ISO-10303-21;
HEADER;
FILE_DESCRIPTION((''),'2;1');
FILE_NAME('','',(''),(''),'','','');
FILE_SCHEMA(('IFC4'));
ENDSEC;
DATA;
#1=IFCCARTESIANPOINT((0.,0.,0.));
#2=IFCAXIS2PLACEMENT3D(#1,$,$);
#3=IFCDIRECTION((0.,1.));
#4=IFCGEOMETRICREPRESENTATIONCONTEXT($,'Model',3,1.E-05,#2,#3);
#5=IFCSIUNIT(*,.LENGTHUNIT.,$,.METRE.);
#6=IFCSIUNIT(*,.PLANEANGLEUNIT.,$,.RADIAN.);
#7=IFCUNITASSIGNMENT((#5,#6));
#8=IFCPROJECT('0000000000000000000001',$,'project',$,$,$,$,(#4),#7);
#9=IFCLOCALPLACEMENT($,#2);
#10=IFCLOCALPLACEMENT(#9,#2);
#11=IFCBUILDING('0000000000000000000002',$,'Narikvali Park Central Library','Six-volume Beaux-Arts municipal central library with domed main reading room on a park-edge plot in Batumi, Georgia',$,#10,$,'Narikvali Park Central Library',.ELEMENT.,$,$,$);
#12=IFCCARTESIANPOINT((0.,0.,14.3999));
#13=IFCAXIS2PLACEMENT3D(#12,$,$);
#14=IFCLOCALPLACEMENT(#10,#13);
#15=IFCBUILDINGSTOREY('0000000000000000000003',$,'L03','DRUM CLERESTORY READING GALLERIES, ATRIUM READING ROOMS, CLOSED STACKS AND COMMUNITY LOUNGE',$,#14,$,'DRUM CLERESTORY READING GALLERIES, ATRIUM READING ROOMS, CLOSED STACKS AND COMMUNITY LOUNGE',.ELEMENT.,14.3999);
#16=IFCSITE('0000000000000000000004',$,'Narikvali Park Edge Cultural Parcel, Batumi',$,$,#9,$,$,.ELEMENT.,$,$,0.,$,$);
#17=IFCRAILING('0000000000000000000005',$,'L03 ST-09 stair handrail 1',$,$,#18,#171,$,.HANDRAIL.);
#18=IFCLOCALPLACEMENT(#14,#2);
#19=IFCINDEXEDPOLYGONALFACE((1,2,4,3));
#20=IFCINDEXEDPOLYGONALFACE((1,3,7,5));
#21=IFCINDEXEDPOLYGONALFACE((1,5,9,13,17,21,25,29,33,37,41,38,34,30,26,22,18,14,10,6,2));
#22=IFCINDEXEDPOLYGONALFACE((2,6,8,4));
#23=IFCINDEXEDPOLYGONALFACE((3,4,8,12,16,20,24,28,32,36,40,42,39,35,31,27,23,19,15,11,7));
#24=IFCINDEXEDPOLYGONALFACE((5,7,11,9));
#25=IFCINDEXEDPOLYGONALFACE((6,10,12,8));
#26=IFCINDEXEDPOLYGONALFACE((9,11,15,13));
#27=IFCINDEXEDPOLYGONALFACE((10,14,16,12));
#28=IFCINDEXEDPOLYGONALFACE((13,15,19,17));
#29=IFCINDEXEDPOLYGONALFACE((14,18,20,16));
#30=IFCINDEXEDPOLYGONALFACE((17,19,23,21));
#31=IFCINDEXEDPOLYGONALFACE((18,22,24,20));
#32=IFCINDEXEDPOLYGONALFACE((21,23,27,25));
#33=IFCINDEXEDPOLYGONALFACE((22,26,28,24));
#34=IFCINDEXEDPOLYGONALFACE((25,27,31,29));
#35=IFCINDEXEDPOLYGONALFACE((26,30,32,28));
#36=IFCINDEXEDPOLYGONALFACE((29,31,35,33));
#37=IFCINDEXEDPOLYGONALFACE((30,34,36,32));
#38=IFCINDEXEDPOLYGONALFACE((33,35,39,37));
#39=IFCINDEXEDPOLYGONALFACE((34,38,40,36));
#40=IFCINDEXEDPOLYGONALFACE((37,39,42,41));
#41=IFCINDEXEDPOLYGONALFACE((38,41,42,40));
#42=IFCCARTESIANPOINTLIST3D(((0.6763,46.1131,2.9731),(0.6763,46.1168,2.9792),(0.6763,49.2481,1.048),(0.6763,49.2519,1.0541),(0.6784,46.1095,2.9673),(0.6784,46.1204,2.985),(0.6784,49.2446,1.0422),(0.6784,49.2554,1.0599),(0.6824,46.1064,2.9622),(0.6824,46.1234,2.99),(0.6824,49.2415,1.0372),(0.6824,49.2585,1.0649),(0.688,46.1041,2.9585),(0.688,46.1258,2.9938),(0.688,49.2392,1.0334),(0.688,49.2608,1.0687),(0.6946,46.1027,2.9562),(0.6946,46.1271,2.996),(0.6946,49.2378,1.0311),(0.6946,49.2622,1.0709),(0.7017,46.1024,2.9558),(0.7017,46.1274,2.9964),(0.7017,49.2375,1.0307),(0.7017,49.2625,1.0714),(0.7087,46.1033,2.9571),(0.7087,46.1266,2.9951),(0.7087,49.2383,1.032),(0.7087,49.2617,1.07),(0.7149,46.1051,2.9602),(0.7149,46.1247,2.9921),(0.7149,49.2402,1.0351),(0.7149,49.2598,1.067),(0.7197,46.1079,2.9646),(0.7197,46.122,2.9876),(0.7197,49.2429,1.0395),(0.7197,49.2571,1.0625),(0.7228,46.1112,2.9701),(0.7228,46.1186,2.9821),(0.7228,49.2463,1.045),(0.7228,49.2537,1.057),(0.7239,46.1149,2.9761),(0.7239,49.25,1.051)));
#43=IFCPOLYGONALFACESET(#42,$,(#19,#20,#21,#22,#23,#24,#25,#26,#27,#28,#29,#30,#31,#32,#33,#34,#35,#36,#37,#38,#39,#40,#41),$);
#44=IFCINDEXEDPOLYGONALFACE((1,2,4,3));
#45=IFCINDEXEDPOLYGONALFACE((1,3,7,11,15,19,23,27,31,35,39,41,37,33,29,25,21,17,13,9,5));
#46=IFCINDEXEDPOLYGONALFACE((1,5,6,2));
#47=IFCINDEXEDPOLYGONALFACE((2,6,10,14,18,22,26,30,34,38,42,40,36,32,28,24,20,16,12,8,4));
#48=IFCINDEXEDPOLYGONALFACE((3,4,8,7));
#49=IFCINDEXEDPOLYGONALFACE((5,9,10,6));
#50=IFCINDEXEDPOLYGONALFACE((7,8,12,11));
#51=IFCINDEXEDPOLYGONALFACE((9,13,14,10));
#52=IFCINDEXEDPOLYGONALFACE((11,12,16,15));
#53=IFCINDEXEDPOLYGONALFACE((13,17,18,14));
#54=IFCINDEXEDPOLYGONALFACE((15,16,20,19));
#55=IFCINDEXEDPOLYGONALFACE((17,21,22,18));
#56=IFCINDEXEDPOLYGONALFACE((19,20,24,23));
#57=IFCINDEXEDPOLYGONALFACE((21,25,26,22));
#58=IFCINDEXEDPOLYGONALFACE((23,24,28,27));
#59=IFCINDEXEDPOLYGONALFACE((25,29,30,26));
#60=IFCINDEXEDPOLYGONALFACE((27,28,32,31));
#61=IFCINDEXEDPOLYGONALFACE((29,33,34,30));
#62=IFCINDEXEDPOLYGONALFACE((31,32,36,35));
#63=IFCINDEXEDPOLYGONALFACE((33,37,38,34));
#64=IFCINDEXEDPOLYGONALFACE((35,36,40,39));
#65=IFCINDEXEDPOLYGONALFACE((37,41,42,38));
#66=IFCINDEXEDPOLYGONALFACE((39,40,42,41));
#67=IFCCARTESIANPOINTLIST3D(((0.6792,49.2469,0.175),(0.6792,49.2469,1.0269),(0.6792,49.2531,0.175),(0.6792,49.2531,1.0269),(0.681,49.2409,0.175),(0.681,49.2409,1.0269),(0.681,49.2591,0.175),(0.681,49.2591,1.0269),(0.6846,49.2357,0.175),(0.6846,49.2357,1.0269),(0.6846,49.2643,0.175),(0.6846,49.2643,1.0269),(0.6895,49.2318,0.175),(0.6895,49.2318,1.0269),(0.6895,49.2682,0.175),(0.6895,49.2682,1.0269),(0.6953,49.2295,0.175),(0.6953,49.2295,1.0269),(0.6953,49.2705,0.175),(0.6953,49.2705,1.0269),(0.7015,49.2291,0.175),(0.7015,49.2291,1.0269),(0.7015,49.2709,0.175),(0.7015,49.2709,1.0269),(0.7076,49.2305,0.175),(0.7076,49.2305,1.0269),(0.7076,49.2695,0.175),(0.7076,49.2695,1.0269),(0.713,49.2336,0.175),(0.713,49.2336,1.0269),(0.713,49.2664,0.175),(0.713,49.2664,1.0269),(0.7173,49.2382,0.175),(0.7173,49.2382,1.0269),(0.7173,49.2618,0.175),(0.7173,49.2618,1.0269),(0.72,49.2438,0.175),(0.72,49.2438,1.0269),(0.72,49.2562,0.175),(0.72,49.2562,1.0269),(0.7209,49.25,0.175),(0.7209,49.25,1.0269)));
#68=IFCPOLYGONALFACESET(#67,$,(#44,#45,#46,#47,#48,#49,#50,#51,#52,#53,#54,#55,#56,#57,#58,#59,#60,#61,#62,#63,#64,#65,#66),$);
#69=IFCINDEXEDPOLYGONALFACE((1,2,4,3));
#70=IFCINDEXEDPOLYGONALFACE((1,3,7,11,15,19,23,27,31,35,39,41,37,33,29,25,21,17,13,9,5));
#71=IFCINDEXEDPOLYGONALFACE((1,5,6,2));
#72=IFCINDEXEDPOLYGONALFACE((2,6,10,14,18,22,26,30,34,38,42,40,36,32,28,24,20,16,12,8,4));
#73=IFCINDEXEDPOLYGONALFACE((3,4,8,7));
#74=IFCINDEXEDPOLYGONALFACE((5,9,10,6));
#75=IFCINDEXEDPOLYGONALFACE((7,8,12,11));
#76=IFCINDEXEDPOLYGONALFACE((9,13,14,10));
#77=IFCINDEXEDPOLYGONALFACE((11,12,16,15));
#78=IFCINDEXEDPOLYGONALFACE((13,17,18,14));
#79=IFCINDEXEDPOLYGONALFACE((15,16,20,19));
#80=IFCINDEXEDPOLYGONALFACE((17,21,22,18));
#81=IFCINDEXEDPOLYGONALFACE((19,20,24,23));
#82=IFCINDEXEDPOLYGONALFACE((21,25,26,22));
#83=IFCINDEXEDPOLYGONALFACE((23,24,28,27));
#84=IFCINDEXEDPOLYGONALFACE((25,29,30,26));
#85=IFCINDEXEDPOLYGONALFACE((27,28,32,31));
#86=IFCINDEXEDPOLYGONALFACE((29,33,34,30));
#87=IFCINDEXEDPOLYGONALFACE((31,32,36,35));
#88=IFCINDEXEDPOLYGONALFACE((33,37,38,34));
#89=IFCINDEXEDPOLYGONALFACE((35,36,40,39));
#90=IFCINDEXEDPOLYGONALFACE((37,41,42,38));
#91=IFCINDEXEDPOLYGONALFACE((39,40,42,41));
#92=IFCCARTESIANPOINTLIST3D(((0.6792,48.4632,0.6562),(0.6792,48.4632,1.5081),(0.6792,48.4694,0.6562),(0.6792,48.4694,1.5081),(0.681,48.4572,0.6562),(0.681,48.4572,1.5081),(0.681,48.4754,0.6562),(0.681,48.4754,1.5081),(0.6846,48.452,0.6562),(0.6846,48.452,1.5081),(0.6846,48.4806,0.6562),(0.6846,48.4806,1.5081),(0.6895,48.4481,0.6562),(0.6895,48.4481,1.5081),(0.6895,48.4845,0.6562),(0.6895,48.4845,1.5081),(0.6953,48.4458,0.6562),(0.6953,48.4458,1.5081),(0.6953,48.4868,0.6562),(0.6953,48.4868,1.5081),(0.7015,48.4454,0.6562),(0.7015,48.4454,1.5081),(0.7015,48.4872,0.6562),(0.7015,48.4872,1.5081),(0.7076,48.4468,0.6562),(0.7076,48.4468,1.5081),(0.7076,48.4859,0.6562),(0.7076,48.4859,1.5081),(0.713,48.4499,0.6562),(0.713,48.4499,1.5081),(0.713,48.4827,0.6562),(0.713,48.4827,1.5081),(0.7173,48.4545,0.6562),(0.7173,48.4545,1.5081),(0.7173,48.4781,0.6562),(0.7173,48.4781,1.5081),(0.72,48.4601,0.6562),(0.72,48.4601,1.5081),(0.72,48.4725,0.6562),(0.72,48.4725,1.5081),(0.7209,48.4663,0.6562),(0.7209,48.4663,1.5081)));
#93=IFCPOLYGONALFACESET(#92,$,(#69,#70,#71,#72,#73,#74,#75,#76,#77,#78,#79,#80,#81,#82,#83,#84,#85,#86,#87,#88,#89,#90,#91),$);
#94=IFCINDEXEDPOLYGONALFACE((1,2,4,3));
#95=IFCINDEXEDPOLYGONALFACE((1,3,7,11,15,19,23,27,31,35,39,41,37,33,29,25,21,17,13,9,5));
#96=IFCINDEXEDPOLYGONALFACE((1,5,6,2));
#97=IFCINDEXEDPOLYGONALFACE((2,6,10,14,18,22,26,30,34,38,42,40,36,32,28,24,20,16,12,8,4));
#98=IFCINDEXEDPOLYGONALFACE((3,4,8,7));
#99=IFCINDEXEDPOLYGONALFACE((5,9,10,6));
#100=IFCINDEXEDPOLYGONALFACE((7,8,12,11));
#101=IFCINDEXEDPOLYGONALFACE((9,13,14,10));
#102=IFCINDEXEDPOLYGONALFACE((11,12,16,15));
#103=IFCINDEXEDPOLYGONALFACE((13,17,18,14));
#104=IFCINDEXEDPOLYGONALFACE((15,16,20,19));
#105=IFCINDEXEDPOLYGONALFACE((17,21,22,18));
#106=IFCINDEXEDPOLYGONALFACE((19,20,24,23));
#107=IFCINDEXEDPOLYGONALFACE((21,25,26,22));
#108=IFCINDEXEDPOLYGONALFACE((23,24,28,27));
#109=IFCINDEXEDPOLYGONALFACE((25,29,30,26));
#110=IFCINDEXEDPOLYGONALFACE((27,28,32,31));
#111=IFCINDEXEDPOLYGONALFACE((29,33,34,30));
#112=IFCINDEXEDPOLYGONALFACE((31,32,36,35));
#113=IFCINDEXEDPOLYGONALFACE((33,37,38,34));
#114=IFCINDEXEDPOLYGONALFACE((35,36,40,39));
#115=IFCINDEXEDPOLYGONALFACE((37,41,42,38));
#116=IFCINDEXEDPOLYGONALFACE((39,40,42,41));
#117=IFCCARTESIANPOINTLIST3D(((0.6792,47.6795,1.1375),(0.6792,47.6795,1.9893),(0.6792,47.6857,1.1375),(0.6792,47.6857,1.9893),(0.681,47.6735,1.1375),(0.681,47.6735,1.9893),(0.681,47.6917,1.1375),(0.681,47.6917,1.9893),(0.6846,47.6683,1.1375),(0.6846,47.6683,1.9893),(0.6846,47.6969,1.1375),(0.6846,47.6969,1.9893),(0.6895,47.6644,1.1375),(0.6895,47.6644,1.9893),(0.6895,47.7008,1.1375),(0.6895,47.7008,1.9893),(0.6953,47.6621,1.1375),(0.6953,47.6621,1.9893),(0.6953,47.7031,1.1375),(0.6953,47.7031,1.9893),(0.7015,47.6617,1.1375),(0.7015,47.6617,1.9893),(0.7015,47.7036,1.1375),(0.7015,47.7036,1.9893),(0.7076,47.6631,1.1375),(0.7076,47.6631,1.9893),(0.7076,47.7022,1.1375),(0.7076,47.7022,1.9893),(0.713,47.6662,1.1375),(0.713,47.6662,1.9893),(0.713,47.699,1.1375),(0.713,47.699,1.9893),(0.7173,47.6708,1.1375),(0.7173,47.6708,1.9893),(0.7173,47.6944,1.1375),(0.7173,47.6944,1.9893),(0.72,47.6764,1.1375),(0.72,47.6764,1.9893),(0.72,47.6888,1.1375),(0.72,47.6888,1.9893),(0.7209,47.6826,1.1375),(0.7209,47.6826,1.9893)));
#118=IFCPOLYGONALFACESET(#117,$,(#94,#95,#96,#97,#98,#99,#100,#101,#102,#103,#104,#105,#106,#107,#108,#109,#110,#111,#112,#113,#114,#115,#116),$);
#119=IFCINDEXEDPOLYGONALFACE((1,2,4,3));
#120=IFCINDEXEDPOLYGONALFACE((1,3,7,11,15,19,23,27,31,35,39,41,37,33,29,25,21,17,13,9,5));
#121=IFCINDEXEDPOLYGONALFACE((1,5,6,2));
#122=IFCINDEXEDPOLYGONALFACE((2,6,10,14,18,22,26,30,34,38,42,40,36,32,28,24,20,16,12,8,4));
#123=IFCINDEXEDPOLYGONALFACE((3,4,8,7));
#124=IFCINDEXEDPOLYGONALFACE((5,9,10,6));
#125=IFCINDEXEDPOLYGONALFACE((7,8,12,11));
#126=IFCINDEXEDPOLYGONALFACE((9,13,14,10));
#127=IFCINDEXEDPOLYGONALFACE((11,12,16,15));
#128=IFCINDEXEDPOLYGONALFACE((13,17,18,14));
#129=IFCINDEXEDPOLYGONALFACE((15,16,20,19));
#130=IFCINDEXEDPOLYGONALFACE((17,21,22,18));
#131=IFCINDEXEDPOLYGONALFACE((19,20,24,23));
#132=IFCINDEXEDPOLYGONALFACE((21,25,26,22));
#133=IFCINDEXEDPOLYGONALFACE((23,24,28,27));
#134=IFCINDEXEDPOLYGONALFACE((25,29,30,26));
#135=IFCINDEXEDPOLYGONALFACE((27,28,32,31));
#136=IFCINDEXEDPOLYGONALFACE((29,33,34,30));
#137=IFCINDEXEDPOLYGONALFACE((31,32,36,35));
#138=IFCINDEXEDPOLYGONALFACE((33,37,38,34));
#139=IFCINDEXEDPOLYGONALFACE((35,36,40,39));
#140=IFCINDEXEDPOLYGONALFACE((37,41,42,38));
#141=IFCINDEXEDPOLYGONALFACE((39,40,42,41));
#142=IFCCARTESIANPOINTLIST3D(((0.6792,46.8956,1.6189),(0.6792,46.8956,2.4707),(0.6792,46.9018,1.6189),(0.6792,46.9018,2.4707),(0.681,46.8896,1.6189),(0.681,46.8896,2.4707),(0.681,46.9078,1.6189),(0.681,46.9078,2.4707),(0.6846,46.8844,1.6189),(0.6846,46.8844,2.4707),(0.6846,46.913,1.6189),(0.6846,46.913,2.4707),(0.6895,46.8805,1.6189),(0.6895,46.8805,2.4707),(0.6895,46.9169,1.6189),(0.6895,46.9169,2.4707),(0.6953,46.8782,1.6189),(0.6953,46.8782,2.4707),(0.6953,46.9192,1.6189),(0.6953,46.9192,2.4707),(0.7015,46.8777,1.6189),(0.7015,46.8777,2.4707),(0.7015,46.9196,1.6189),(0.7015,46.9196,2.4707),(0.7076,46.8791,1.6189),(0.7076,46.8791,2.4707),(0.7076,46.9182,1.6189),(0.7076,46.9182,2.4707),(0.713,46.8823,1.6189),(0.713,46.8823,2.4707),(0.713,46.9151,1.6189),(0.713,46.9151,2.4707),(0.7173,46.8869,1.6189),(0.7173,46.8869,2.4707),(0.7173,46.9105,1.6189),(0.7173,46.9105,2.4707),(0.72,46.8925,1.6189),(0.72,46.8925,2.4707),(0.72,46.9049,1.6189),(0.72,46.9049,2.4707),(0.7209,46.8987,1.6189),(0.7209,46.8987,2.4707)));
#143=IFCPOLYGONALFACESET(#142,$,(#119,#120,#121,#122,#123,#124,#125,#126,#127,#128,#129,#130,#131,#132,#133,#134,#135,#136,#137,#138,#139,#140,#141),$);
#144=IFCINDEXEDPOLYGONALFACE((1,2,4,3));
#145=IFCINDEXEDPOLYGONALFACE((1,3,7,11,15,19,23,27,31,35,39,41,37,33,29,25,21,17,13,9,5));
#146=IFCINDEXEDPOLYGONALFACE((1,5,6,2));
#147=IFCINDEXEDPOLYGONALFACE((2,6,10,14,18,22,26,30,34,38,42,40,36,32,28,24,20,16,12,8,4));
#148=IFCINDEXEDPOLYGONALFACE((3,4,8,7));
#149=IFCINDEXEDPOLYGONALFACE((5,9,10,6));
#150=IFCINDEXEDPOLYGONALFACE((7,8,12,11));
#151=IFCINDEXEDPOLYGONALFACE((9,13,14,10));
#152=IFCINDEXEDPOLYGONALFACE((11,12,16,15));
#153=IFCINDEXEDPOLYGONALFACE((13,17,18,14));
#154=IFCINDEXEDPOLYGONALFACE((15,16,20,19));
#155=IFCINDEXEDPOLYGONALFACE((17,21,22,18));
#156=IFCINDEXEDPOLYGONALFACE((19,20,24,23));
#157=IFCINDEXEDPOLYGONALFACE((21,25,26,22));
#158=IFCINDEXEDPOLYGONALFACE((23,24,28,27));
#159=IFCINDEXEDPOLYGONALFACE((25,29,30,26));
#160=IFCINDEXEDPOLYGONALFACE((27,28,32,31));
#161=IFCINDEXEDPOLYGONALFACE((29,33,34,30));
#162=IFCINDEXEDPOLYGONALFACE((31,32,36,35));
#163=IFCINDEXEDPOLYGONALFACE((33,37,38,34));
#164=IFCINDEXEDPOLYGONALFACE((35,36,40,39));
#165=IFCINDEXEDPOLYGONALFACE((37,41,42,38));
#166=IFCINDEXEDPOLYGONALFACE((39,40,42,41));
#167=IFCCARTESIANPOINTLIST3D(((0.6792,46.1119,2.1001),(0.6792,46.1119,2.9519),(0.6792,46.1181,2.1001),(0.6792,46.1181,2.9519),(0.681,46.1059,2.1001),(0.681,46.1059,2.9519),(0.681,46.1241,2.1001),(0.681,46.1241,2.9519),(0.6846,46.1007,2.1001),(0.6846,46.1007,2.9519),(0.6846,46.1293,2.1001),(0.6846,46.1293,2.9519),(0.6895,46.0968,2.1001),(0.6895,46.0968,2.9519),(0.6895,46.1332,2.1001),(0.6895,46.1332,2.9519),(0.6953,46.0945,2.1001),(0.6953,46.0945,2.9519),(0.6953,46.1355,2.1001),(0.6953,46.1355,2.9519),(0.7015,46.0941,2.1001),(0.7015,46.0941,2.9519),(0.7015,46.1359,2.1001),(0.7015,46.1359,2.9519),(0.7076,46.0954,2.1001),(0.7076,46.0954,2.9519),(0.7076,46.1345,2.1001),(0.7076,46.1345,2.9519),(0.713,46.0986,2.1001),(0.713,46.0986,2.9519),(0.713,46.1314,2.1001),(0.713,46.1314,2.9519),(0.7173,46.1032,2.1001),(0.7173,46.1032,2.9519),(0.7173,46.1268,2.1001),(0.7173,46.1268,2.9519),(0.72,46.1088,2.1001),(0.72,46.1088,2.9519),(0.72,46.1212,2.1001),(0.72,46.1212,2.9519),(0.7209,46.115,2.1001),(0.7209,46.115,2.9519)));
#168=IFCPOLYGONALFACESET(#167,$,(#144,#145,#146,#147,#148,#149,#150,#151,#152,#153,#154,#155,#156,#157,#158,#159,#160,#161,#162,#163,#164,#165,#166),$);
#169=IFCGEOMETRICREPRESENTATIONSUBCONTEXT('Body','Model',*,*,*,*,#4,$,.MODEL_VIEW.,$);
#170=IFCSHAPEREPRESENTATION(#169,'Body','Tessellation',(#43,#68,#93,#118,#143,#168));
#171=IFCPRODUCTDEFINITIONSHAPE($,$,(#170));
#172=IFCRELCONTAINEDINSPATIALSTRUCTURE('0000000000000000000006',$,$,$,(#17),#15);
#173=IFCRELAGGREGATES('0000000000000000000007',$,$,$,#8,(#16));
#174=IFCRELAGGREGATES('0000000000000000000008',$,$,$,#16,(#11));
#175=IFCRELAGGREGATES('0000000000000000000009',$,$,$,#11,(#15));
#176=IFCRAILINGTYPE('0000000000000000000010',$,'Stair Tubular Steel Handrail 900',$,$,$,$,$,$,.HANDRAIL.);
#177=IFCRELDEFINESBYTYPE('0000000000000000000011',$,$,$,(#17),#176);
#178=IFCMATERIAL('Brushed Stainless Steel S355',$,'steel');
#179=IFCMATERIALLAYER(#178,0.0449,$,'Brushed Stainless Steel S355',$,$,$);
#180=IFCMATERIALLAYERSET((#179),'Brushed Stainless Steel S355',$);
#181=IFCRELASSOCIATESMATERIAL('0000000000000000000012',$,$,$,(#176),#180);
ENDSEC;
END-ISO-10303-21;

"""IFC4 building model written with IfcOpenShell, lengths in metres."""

from ifc_helpers import new_model, si_unit, direction, frame, origin, origin_2d, place, context, subcontext, project, spatial, circle, extrude, material, layer, layer_set, type_object, element, save


model = new_model("IFC4")

# Units and contexts
model_context = context("Model", 3, precision=1e-05, world=origin(), true_north=direction((0.0, 1.0)))
body_context = subcontext(model_context, "Body", "Model", "MODEL_VIEW")
ifc_project = project(units=[si_unit("LENGTHUNIT", "METRE"), si_unit("PLANEANGLEUNIT", "RADIAN")], contexts=[model_context])

# Site, building, storey
site_placement = place(None, origin())
site = spatial("IfcSite", under=ifc_project, at=site_placement, Name="Narikvali Park Edge Cultural Parcel, Batumi", CompositionType="ELEMENT", RefElevation=0.0)
building_placement = place(site_placement, origin())
building = spatial("IfcBuilding", under=site, at=building_placement, Name="Narikvali Park Central Library", Description="Six-volume Beaux-Arts municipal central library with domed main reading room on a park-edge plot in Batumi, Georgia", LongName="Narikvali Park Central Library", CompositionType="ELEMENT")
storey_placement = place(building_placement, frame((0.0, 0.0, 14.3999)))
storey = spatial("IfcBuildingStorey", under=building, at=storey_placement, Name="L03", Description="DRUM CLERESTORY READING GALLERIES, ATRIUM READING ROOMS, CLOSED STACKS AND COMMUNITY LOUNGE", LongName="DRUM CLERESTORY READING GALLERIES, ATRIUM READING ROOMS, CLOSED STACKS AND COMMUNITY LOUNGE", CompositionType="ELEMENT", Elevation=14.3999)

# Railing
ifc_material_1 = material(Name="Brushed Stainless Steel S355", Category="steel")
ifc_layer_1 = layer(ifc_material_1, 0.0449, Name="Brushed Stainless Steel S355")
ifc_layer_set_1 = layer_set([ifc_layer_1], Name="Brushed Stainless Steel S355")
railing_type_1 = type_object("IfcRailingType", Name="Stair Tubular Steel Handrail 900", PredefinedType="HANDRAIL", material=ifc_layer_set_1)
railing_1_placement = place(storey_placement, frame((0.7, 49.25, 0.175)))
element("IfcRailing", 1, at=railing_1_placement, inside=storey, type_object=railing_type_1, Name="L03 ST-09 stair handrail 1", PredefinedType="HANDRAIL", context=body_context, shape_type="SweptSolid", body=[
    extrude(circle(Radius=0.0239, at=origin_2d()), frame((0.0, 0.0, 0.876), z_axis=(0.0, -0.852166, 0.523271), x_axis=(1.0, 0.0, 0.0)), (0.0, 0.0, 1.0), 3.679),
    extrude(circle(Radius=0.021, at=origin_2d()), origin(), (0.0, 0.0, 1.0), 0.8518),
    extrude(circle(Radius=0.021, at=origin_2d()), frame((0.0, -0.7837, 0.4812)), (0.0, 0.0, 1.0), 0.8518),
    extrude(circle(Radius=0.021, at=origin_2d()), frame((0.0, -1.5674, 0.9624)), (0.0, 0.0, 1.0), 0.8518),
    extrude(circle(Radius=0.021, at=origin_2d()), frame((0.0, -2.3513, 1.4438)), (0.0, 0.0, 1.0), 0.8518),
    extrude(circle(Radius=0.021, at=origin_2d()), frame((0.0, -3.135, 1.925)), (0.0, 0.0, 1.0), 0.8518),
])

save(model, "model.ifc")
